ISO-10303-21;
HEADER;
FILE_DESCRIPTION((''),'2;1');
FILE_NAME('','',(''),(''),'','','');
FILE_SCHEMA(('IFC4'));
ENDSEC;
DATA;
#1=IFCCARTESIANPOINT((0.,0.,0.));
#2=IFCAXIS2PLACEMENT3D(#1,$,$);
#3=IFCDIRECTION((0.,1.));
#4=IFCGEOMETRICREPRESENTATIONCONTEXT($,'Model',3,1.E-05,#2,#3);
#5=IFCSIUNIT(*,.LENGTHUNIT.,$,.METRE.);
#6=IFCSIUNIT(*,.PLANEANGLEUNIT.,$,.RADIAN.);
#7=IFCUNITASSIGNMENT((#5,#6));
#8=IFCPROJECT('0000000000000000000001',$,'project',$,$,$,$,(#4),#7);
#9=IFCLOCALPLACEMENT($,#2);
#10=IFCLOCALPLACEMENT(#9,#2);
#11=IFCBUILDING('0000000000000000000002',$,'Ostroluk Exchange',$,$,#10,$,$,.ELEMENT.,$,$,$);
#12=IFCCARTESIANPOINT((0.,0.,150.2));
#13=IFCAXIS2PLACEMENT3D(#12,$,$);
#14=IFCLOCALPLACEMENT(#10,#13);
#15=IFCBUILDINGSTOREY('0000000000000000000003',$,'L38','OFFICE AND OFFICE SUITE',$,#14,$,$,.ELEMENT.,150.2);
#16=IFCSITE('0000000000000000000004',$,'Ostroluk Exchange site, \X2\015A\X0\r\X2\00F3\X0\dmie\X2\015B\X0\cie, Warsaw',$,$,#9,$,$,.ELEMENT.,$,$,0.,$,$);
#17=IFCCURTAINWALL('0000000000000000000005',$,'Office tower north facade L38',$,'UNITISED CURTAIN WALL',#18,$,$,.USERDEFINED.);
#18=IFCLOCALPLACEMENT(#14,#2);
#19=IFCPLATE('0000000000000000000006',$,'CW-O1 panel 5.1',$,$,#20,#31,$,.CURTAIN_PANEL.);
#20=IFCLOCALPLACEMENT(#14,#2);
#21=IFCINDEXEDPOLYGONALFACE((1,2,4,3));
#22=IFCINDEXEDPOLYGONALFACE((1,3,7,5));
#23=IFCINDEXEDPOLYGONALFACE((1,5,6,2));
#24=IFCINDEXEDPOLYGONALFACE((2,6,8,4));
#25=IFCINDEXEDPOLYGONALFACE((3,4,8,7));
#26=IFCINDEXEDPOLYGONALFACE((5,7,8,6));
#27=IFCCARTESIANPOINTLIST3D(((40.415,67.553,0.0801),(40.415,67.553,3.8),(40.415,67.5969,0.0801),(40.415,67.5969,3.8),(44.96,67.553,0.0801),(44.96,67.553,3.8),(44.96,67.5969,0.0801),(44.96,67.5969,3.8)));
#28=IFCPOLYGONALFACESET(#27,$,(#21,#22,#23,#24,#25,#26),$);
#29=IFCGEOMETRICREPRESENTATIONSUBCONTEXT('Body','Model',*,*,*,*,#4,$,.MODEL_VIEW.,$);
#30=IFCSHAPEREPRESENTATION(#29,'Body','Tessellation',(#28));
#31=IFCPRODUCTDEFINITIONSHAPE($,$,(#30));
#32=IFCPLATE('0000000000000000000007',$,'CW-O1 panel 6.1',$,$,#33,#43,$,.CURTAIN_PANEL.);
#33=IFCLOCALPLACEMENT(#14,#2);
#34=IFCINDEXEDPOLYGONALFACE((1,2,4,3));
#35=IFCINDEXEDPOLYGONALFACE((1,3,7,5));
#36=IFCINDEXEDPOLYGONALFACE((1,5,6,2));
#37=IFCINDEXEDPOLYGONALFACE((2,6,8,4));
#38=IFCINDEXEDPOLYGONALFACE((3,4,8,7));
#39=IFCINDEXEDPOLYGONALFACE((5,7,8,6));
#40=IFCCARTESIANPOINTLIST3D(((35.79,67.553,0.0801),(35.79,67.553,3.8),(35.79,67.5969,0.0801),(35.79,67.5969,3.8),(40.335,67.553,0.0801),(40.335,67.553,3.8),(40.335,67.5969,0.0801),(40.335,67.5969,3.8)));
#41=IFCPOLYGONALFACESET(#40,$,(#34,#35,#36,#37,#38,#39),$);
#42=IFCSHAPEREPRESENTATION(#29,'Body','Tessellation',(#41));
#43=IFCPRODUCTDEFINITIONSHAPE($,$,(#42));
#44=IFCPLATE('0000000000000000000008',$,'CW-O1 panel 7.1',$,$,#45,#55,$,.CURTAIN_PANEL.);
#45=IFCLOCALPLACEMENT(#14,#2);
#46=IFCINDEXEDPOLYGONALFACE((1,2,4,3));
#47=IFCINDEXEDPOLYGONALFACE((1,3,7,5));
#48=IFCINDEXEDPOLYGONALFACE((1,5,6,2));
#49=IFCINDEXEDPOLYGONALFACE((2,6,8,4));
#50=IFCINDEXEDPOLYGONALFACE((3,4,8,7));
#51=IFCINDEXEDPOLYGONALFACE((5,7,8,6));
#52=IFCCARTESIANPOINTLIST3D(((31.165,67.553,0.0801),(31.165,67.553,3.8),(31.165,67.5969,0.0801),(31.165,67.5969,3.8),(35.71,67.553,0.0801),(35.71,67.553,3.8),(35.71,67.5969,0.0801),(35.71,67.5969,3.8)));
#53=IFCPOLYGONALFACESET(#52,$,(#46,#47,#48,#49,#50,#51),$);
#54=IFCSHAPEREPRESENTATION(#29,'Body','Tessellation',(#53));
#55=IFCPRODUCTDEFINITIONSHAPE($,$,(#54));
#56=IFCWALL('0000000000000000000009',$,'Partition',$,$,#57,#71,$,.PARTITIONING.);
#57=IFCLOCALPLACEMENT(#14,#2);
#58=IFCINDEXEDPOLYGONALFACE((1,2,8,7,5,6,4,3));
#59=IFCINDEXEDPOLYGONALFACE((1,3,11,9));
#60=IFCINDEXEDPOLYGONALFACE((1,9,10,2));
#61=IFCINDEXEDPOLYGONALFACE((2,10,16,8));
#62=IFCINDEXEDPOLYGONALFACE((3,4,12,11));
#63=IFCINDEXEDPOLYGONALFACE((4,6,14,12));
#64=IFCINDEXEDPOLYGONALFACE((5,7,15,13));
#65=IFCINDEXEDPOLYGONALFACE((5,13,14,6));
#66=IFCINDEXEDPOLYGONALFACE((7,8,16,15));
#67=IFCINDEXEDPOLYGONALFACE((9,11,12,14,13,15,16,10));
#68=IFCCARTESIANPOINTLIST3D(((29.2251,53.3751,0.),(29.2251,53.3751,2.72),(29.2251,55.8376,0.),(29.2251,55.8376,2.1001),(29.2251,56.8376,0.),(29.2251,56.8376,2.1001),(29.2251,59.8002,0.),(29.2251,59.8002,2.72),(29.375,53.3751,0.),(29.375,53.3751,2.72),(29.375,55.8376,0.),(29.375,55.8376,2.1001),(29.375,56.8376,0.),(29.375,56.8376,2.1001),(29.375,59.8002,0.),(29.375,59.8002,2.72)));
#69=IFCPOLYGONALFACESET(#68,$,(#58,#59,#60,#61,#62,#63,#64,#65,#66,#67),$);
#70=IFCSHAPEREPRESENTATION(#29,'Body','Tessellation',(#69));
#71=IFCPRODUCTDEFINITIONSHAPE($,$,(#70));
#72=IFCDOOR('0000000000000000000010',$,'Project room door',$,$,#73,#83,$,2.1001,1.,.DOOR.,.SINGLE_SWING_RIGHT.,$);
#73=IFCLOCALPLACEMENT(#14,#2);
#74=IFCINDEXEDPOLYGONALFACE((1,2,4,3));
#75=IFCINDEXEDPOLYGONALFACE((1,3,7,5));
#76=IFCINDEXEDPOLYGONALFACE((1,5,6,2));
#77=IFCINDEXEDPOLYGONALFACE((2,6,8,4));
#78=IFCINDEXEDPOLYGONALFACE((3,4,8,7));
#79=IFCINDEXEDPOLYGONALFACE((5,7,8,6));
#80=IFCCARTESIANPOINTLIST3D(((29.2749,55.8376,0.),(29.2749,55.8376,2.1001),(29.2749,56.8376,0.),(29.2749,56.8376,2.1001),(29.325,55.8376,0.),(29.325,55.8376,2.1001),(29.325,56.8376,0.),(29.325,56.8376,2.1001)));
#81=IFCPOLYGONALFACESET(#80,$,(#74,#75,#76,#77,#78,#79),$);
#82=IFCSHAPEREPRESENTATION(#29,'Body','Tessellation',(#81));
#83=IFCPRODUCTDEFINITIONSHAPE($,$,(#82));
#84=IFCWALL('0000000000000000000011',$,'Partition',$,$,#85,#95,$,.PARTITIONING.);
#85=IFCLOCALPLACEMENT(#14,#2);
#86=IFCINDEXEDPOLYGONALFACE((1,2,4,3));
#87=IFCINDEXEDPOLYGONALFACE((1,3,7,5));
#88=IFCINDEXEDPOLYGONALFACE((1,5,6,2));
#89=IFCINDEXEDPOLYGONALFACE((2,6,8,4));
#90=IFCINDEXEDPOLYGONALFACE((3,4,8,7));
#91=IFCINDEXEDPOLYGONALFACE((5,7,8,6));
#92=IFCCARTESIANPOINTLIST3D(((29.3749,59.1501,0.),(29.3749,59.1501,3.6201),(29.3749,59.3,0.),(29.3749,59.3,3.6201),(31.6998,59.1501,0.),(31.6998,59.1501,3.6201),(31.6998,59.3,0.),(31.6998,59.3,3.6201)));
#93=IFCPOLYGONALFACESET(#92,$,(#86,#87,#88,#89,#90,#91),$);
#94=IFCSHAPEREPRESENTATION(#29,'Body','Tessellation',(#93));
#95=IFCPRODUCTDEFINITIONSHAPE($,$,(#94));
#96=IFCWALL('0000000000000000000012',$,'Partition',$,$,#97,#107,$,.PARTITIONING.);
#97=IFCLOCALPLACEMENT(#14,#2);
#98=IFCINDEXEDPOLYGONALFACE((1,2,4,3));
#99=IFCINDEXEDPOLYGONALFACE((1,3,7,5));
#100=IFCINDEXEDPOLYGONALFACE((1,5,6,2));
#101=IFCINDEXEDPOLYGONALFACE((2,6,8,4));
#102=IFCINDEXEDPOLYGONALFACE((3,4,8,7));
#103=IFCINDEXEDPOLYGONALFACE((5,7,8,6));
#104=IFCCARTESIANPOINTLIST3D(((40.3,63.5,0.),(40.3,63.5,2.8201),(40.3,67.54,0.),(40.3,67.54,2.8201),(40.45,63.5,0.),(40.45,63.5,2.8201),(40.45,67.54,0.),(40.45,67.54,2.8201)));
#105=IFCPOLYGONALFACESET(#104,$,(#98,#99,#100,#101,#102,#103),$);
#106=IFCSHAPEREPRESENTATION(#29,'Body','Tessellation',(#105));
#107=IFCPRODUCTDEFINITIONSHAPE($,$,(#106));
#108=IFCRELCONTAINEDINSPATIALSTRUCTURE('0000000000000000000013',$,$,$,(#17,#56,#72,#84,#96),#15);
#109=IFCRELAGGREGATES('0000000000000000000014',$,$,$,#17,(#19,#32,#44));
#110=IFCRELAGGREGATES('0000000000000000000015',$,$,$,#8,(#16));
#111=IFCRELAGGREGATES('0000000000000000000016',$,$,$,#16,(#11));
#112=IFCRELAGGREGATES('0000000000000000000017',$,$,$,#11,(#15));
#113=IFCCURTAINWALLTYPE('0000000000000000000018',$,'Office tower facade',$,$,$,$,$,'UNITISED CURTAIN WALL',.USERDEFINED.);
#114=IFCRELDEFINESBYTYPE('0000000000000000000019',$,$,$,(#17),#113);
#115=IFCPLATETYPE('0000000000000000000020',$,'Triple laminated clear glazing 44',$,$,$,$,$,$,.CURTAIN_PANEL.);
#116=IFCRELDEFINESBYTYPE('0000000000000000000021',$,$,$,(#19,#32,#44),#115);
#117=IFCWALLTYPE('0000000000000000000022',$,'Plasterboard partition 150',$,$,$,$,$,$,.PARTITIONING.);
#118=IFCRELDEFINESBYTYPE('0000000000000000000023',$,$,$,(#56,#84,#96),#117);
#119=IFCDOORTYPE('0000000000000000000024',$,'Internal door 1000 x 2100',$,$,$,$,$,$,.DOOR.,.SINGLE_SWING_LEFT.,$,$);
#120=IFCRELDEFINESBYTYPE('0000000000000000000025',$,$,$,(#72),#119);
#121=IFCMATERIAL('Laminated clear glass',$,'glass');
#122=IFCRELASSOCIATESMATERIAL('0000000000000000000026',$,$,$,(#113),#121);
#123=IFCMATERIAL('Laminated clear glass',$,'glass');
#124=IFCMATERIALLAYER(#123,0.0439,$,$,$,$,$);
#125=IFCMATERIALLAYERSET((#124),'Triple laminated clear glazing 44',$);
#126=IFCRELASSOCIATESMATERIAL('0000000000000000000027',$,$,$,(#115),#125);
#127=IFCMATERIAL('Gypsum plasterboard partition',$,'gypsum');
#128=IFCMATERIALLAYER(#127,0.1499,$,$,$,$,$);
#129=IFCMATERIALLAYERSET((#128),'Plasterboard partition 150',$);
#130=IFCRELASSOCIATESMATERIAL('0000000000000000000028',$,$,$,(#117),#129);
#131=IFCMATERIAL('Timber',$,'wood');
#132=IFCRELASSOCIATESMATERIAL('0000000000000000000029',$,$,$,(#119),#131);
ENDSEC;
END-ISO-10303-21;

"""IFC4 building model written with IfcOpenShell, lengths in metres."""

from ifc_helpers import new_model, si_unit, direction, frame, frame_2d, origin, origin_2d, place, context, subcontext, project, spatial, rectangle, extrude, material, layer, layer_set, type_object, element, fill, aggregate, save


model = new_model("IFC4")

# Units and contexts
model_context = context("Model", 3, precision=1e-05, world=origin(), true_north=direction((0.0, 1.0)))
body_context = subcontext(model_context, "Body", "Model", "MODEL_VIEW")
ifc_project = project(units=[si_unit("LENGTHUNIT", "METRE"), si_unit("PLANEANGLEUNIT", "RADIAN")], contexts=[model_context])

# Site, building, storey
site_placement = place(None, origin())
site = spatial("IfcSite", under=ifc_project, at=site_placement, Name="Ostroluk Exchange site, Śródmieście, Warsaw", CompositionType="ELEMENT", RefElevation=0.0)
building_placement = place(site_placement, origin())
building = spatial("IfcBuilding", under=site, at=building_placement, Name="Ostroluk Exchange", CompositionType="ELEMENT")
storey_placement = place(building_placement, frame((0.0, 0.0, 150.2)))
storey = spatial("IfcBuildingStorey", under=building, at=storey_placement, Name="L38", Description="OFFICE AND OFFICE SUITE", CompositionType="ELEMENT", Elevation=150.2)

# Curtain wall, plates
ifc_material_1 = material(Name="Laminated clear glass", Category="glass")
curtain_wall_type = type_object("IfcCurtainWallType", Name="Office tower facade", ElementType="UNITISED CURTAIN WALL", PredefinedType="USERDEFINED", material=ifc_material_1)
curtain_wall_placement = place(storey_placement, origin())
curtain_wall = element("IfcCurtainWall", 1, at=curtain_wall_placement, inside=storey, type_object=curtain_wall_type, Name="Office tower north facade L38", ObjectType="UNITISED CURTAIN WALL", PredefinedType="USERDEFINED")
ifc_material_2 = material(Name="Laminated clear glass", Category="glass")
ifc_layer_1 = layer(ifc_material_2, 0.0439)
ifc_layer_set_1 = layer_set([ifc_layer_1], Name="Triple laminated clear glazing 44")
plate_type = type_object("IfcPlateType", Name="Triple laminated clear glazing 44", PredefinedType="CURTAIN_PANEL", material=ifc_layer_set_1)
plate_1_placement = place(storey_placement, frame((42.6875, 67.575, 0.0801), z_axis=(0.0, 0.0, 1.0), x_axis=(-1.0, 0.0, 0.0)))
plate_1 = element("IfcPlate", 2, at=plate_1_placement, type_object=plate_type, Name="CW-O1 panel 5.1", PredefinedType="CURTAIN_PANEL", context=body_context, shape_type="SweptSolid", body=[
    extrude(rectangle(XDim=4.5449, YDim=0.0439, at=origin_2d()), origin(), (0.0, 0.0, 1.0), 3.72),
])
plate_2_placement = place(storey_placement, frame((38.0625, 67.575, 0.0801), z_axis=(0.0, 0.0, 1.0), x_axis=(-1.0, 0.0, 0.0)))
plate_2 = element("IfcPlate", 3, at=plate_2_placement, type_object=plate_type, Name="CW-O1 panel 6.1", PredefinedType="CURTAIN_PANEL", context=body_context, shape_type="SweptSolid", body=[
    extrude(rectangle(XDim=4.5449, YDim=0.0439, at=origin_2d()), origin(), (0.0, 0.0, 1.0), 3.72),
])
plate_3_placement = place(storey_placement, frame((33.4375, 67.575, 0.0801), z_axis=(0.0, 0.0, 1.0), x_axis=(-1.0, 0.0, 0.0)))
plate_3 = element("IfcPlate", 4, at=plate_3_placement, type_object=plate_type, Name="CW-O1 panel 7.1", PredefinedType="CURTAIN_PANEL", context=body_context, shape_type="SweptSolid", body=[
    extrude(rectangle(XDim=4.5449, YDim=0.0439, at=origin_2d()), origin(), (0.0, 0.0, 1.0), 3.72),
])
aggregate(curtain_wall, [plate_1, plate_2, plate_3])

# Wall, opening, door
ifc_material_3 = material(Name="Gypsum plasterboard partition", Category="gypsum")
ifc_layer_2 = layer(ifc_material_3, 0.1499)
ifc_layer_set_2 = layer_set([ifc_layer_2], Name="Plasterboard partition 150")
wall_type = type_object("IfcWallType", Name="Plasterboard partition 150", PredefinedType="PARTITIONING", material=ifc_layer_set_2)
wall_1_placement = place(storey_placement, frame((29.3, 59.8, 0.0), z_axis=(0.0, 0.0, 1.0), x_axis=(0.0, -1.0, 0.0)))
wall_1 = element("IfcWall", 5, at=wall_1_placement, inside=storey, type_object=wall_type, Name="Partition", PredefinedType="PARTITIONING", context=body_context, shape_type="SweptSolid", body=[
    extrude(rectangle(XDim=6.425, YDim=0.1499, at=frame_2d((3.2124, 0.0))), origin(), (0.0, 0.0, 1.0), 2.72),
])
opening_placement = place(wall_1_placement, frame((2.9624, 0.0, 0.0)))
opening = element("IfcOpeningElement", 6, at=opening_placement, cuts=wall_1, PredefinedType="OPENING", context=body_context, shape_type="SweptSolid", body=[
    extrude(rectangle(XDim=1.0, YDim=2.1001, at=frame_2d((0.5, 1.05))), frame((0.0, 0.085, 0.0), z_axis=(0.0, -1.0, 0.0), x_axis=(1.0, 0.0, 0.0)), (0.0, 0.0, 1.0), 0.1699),
])
ifc_material_4 = material(Name="Timber", Category="wood")
door_type = type_object("IfcDoorType", Name="Internal door 1000 x 2100", OperationType="SINGLE_SWING_LEFT", PredefinedType="DOOR", material=ifc_material_4)
door_placement = place(opening_placement, origin())
door = element("IfcDoor", 7, at=door_placement, inside=storey, type_object=door_type, Name="Project room door", OperationType="SINGLE_SWING_RIGHT", OverallHeight=2.1001, OverallWidth=1.0, PredefinedType="DOOR", context=body_context, shape_type="SweptSolid", body=[
    extrude(rectangle(XDim=1.0, YDim=2.1001, at=frame_2d((0.5, 1.05))), frame((0.0, 0.0249, 0.0), z_axis=(0.0, -1.0, 0.0), x_axis=(1.0, 0.0, 0.0)), (0.0, 0.0, 1.0), 0.05),
])
fill(opening, door)

# Walls
wall_2_placement = place(storey_placement, frame((31.7, 59.2251, 0.0), z_axis=(0.0, 0.0, 1.0), x_axis=(-1.0, 0.0, 0.0)))
element("IfcWall", 8, at=wall_2_placement, inside=storey, type_object=wall_type, Name="Partition", PredefinedType="PARTITIONING", context=body_context, shape_type="SweptSolid", body=[
    extrude(rectangle(XDim=2.325, YDim=0.1499, at=frame_2d((1.1626, 0.0))), origin(), (0.0, 0.0, 1.0), 3.6201),
])
wall_3_placement = place(storey_placement, frame((40.375, 63.5, 0.0), z_axis=(0.0, 0.0, 1.0), x_axis=(0.0, 1.0, 0.0)))
element("IfcWall", 9, at=wall_3_placement, inside=storey, type_object=wall_type, Name="Partition", PredefinedType="PARTITIONING", context=body_context, shape_type="SweptSolid", body=[
    extrude(rectangle(XDim=4.04, YDim=0.1499, at=frame_2d((2.02, 0.0))), origin(), (0.0, 0.0, 1.0), 2.8201),
])

save(model, "model.ifc")
